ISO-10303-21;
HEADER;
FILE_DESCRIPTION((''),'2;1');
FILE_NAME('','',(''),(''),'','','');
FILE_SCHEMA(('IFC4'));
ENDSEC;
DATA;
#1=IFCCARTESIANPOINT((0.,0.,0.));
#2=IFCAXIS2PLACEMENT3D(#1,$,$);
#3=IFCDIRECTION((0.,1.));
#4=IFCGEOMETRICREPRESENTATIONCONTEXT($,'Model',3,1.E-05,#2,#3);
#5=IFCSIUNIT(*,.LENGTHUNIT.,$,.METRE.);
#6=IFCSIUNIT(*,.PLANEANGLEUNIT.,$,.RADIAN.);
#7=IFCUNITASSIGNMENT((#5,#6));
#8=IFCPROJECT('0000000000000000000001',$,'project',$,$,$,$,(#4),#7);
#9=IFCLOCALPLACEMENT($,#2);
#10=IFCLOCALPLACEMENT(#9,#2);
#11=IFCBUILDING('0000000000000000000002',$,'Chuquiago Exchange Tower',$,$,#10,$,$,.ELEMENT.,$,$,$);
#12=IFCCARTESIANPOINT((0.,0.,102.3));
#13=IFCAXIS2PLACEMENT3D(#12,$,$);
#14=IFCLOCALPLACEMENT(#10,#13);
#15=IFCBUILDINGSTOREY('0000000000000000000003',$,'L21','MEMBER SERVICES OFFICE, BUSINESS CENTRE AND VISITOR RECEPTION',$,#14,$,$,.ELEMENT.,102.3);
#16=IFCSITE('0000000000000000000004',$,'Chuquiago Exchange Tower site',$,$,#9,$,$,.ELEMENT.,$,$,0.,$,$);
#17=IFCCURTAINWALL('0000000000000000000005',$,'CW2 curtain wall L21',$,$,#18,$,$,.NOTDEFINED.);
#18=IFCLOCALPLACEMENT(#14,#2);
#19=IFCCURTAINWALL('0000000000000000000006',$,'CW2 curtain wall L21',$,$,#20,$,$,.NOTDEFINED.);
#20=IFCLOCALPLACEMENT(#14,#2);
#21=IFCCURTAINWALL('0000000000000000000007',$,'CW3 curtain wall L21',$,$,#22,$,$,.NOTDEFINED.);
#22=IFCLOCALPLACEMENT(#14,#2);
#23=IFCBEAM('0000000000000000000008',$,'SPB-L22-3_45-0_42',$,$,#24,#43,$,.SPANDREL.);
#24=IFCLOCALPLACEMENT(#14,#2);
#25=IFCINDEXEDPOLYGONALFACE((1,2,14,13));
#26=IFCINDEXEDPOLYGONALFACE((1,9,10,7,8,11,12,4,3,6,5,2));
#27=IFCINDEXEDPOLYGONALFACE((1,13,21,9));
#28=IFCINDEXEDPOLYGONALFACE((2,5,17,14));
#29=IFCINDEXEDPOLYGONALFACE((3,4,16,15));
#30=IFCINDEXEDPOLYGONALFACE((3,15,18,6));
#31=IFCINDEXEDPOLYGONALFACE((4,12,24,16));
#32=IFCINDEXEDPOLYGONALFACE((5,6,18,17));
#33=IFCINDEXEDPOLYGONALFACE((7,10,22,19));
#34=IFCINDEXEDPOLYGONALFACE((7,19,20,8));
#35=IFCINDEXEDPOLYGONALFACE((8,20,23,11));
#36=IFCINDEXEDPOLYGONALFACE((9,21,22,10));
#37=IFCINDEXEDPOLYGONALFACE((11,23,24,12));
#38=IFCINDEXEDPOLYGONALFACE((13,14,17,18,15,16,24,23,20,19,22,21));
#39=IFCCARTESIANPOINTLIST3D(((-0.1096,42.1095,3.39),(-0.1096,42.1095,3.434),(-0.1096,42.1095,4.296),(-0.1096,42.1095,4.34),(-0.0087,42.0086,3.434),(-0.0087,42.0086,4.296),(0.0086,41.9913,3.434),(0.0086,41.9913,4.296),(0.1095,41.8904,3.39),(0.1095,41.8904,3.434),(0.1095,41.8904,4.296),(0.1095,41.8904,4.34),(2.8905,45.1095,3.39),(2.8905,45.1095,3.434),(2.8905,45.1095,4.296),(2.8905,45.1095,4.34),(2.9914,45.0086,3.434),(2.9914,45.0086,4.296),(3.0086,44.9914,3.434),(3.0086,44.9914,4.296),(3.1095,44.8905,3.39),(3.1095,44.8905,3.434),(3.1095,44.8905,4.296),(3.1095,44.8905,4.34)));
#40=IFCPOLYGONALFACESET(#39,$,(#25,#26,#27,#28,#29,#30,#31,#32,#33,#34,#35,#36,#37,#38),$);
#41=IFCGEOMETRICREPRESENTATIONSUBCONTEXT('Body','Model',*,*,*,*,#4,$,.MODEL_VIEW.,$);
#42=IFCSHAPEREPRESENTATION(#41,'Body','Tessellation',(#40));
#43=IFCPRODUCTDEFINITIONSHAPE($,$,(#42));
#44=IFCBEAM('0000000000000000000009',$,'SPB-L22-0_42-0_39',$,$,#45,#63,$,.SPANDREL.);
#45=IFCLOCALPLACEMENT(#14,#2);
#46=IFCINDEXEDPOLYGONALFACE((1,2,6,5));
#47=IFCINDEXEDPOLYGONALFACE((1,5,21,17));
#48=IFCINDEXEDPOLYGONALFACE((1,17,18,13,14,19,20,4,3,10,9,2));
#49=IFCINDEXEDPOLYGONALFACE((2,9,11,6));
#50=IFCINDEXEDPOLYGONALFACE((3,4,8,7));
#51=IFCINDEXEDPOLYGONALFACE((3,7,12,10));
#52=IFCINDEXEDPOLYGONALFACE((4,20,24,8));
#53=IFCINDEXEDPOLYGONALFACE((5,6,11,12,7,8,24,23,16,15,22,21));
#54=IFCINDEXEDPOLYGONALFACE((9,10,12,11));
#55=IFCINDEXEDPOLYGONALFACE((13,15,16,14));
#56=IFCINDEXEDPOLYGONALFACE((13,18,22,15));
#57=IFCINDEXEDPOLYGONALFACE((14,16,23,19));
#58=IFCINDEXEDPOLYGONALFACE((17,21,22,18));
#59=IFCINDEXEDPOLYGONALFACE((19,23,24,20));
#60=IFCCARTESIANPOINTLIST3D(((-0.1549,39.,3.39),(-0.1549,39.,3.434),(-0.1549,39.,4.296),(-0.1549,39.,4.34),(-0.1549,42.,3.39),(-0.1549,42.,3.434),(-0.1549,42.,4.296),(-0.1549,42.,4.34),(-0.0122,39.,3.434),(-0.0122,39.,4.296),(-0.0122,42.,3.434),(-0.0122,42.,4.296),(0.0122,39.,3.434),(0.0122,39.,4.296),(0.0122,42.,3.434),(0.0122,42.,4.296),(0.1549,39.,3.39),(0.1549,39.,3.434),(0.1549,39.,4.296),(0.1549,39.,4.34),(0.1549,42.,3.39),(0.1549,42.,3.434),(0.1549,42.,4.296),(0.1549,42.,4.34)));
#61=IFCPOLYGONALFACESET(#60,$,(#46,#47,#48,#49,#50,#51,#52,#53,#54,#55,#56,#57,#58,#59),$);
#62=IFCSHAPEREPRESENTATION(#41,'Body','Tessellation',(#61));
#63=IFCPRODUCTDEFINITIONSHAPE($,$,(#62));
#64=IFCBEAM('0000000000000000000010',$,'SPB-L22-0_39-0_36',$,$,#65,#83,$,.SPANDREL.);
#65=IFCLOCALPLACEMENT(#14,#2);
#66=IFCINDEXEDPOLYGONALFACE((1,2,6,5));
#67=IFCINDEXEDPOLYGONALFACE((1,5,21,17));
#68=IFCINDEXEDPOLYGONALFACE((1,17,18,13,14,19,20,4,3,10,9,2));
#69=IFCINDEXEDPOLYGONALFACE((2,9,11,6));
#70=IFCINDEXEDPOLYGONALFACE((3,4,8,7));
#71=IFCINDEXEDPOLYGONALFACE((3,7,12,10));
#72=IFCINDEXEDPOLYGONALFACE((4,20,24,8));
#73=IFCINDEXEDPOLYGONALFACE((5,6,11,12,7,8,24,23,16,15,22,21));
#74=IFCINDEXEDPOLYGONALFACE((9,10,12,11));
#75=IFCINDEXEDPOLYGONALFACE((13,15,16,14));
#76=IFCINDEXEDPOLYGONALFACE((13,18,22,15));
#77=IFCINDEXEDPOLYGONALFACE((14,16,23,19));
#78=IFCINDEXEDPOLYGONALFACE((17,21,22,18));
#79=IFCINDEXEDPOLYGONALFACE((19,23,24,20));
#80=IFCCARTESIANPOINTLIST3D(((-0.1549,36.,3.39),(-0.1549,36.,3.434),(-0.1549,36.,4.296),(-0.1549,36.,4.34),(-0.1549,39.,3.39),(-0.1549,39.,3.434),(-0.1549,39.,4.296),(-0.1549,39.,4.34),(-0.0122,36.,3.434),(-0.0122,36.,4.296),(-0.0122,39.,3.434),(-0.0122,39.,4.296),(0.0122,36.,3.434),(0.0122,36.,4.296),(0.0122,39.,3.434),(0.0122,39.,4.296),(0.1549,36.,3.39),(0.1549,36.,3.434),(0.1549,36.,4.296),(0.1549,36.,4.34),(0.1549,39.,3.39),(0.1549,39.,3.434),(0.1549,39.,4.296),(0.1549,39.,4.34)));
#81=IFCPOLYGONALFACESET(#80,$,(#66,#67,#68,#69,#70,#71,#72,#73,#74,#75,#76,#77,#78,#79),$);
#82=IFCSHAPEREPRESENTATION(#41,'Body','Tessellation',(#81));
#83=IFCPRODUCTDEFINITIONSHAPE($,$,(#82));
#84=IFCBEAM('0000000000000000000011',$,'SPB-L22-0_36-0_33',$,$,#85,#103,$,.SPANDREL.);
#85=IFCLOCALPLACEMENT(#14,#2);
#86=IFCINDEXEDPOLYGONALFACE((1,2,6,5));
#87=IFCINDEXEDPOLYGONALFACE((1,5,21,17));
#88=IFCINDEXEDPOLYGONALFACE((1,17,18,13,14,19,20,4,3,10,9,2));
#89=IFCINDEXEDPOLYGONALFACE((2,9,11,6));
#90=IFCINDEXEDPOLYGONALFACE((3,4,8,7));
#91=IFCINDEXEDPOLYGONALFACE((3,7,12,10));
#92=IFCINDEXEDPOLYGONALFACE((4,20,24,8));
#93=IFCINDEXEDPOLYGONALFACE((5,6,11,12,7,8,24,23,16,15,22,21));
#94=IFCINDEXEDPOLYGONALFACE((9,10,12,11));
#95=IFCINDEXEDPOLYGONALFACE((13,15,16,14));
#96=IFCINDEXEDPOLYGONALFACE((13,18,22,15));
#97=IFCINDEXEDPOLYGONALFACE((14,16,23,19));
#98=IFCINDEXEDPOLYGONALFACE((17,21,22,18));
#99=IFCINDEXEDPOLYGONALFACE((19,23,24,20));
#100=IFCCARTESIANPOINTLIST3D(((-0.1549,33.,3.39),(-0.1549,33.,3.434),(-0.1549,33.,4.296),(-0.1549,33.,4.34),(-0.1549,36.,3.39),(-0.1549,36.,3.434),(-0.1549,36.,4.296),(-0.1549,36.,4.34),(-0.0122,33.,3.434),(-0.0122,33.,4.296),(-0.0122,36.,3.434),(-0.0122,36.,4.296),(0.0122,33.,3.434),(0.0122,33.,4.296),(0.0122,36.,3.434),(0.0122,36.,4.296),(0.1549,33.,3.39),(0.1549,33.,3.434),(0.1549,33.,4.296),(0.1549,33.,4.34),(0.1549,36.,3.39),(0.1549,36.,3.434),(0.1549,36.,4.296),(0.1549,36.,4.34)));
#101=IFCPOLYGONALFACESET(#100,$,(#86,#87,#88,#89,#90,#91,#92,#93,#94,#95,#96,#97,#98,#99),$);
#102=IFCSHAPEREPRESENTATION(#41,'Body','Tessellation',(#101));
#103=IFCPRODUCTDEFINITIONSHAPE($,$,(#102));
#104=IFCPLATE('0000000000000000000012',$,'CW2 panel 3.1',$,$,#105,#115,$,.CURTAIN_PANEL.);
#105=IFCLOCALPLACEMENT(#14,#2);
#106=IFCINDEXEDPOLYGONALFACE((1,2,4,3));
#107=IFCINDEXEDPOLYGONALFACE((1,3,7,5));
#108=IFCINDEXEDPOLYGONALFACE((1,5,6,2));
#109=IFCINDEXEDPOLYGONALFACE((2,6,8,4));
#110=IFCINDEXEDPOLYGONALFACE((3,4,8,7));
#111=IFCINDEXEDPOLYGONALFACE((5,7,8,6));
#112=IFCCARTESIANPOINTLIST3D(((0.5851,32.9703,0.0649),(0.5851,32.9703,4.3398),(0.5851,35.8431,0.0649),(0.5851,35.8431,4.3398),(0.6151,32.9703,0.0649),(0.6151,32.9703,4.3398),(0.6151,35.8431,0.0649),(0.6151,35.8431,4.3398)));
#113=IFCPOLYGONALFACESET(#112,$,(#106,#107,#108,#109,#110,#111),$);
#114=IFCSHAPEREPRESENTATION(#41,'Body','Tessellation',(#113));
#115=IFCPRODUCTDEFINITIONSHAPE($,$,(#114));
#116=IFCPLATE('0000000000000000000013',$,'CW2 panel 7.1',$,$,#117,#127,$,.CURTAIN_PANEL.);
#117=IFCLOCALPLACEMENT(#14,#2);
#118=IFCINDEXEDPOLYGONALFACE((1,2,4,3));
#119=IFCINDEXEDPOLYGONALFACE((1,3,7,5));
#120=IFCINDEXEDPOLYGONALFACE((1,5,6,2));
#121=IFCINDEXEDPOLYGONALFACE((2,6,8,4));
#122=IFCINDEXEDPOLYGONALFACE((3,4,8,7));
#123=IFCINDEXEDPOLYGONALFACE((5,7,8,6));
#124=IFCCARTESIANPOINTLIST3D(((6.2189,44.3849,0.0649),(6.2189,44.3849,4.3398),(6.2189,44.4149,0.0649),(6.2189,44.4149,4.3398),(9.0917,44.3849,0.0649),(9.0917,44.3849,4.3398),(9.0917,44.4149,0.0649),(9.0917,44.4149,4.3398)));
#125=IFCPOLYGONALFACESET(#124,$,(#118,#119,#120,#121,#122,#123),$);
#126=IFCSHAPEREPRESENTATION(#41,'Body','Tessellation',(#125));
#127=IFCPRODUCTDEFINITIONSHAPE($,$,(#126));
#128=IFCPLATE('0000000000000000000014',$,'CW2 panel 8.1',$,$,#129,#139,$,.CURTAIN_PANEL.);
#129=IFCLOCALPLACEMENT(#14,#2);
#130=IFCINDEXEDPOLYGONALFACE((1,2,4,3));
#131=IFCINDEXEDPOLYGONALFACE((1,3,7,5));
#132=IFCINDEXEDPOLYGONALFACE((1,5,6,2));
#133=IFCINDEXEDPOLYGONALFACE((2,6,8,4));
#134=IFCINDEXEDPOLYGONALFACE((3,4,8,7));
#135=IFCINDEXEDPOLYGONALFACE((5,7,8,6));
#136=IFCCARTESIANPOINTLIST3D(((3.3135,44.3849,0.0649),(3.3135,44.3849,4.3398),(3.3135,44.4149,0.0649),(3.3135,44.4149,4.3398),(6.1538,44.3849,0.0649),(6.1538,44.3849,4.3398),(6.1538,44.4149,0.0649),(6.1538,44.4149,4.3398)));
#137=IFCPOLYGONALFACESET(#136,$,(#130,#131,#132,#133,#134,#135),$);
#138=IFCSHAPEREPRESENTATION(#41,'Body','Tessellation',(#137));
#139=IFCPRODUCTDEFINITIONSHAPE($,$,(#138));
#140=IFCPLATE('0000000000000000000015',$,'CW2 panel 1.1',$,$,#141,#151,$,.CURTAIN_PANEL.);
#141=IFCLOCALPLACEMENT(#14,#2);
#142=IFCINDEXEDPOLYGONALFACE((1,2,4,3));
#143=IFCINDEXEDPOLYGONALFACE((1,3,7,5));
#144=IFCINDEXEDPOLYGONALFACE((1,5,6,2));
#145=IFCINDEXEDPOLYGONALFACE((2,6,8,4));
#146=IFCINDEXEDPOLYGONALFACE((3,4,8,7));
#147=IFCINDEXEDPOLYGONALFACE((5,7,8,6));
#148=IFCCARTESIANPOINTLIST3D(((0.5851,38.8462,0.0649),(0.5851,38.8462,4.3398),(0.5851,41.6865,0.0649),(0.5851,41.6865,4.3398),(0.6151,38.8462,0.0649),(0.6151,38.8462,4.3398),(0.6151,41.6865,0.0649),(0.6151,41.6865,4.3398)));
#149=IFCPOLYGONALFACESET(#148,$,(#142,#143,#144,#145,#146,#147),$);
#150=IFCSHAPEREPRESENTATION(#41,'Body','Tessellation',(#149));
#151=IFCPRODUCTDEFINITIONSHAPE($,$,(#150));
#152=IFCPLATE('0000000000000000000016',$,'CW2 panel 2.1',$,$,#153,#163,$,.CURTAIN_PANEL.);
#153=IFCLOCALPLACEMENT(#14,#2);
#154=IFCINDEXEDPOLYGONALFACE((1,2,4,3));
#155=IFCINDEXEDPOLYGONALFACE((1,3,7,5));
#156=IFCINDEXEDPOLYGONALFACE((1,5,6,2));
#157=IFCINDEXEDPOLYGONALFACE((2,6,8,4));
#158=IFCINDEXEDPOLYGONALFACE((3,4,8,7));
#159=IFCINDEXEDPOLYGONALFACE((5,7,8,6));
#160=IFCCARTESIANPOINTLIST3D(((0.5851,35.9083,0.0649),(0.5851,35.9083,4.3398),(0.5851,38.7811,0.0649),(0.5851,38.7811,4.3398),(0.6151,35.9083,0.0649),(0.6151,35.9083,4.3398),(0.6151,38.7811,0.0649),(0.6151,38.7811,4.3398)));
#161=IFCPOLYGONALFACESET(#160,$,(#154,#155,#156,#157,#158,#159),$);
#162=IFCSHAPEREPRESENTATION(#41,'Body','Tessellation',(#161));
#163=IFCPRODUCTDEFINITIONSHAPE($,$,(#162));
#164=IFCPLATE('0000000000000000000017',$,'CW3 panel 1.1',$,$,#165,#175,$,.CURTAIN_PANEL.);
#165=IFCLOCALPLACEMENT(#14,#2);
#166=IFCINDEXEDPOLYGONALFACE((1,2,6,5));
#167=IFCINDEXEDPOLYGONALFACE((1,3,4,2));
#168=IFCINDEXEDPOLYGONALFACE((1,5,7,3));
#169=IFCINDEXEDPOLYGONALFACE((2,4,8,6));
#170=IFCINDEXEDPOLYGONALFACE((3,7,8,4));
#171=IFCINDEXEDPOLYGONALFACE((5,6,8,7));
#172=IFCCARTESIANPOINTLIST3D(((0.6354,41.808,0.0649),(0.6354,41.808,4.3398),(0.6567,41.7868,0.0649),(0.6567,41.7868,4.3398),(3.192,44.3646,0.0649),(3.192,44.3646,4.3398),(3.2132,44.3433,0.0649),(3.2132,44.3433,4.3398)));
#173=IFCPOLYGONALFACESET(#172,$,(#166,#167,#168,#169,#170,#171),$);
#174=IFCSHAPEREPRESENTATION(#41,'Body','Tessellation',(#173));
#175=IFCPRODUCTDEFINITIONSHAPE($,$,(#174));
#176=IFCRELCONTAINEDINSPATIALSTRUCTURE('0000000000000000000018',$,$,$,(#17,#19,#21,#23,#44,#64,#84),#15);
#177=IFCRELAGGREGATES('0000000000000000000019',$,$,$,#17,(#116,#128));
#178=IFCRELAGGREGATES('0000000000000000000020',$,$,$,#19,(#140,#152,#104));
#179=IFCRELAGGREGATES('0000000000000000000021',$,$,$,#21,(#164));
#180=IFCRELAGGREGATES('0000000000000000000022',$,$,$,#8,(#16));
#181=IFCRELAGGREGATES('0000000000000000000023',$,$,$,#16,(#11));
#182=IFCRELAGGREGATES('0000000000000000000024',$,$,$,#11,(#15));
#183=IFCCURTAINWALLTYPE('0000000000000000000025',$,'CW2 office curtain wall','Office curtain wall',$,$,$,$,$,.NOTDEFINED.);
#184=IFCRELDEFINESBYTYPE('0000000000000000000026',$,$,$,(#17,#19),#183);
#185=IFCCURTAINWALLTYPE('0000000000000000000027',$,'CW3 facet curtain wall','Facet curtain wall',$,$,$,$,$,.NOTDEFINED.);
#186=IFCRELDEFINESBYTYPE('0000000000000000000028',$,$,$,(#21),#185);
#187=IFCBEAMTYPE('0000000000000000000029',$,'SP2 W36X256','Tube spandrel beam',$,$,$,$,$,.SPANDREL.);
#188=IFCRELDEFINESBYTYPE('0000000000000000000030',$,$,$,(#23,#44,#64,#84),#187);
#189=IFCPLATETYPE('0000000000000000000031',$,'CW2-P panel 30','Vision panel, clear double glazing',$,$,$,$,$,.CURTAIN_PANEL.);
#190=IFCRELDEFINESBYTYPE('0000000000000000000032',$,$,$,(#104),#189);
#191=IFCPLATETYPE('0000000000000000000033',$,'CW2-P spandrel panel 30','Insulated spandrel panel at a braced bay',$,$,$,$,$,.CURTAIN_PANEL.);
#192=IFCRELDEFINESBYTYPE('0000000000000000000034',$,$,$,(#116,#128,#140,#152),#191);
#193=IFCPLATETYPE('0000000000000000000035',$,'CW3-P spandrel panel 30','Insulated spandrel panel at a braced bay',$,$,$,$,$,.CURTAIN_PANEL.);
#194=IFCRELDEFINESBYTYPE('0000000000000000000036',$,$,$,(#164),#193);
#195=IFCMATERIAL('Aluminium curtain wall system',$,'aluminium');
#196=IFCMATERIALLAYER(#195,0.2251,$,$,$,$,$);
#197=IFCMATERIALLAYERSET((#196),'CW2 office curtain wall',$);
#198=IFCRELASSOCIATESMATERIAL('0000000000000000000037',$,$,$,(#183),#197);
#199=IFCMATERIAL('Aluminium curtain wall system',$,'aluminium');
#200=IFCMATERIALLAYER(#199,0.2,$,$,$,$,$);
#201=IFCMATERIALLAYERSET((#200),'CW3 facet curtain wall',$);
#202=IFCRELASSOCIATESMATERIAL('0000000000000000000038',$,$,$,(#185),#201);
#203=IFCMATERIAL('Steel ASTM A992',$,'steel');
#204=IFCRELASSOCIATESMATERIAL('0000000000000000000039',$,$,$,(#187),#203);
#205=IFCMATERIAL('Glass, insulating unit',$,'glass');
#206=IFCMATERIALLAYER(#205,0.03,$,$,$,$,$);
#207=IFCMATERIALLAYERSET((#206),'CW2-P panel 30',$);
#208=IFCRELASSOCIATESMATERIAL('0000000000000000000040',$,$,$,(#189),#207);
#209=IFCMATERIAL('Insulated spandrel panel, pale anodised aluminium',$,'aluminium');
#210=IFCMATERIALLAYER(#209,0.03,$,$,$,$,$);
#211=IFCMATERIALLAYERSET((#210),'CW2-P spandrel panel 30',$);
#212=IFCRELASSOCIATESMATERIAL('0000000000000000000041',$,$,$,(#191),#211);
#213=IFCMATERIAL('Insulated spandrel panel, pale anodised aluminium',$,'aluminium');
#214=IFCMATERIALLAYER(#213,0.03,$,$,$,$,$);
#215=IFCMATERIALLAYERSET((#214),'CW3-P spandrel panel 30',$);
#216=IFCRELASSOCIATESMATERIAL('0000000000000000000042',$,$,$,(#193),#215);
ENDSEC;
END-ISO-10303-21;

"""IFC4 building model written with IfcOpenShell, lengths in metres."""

from ifc_helpers import new_model, si_unit, direction, frame, origin, origin_2d, place, context, subcontext, project, spatial, rectangle, i_section, extrude, material, layer, layer_set, material_profile, profile_set, type_object, element, aggregate, save


model = new_model("IFC4")

# Units and contexts
model_context = context("Model", 3, precision=1e-05, world=origin(), true_north=direction((0.0, 1.0)))
body_context = subcontext(model_context, "Body", "Model", "MODEL_VIEW")
ifc_project = project(units=[si_unit("LENGTHUNIT", "METRE"), si_unit("PLANEANGLEUNIT", "RADIAN")], contexts=[model_context])

# Site, building, storey
site_placement = place(None, origin())
site = spatial("IfcSite", under=ifc_project, at=site_placement, Name="Chuquiago Exchange Tower site", CompositionType="ELEMENT", RefElevation=0.0)
building_placement = place(site_placement, origin())
building = spatial("IfcBuilding", under=site, at=building_placement, Name="Chuquiago Exchange Tower", CompositionType="ELEMENT")
storey_placement = place(building_placement, frame((0.0, 0.0, 102.3)))
storey = spatial("IfcBuildingStorey", under=building, at=storey_placement, Name="L21", Description="MEMBER SERVICES OFFICE, BUSINESS CENTRE AND VISITOR RECEPTION", CompositionType="ELEMENT", Elevation=102.3)

# Curtain walls
ifc_material_1 = material(Name="Aluminium curtain wall system", Category="aluminium")
ifc_layer_1 = layer(ifc_material_1, 0.2251)
ifc_layer_set_1 = layer_set([ifc_layer_1], Name="CW2 office curtain wall")
curtain_wall_type_1 = type_object("IfcCurtainWallType", Name="CW2 office curtain wall", Description="Office curtain wall", PredefinedType="NOTDEFINED", material=ifc_layer_set_1)
curtain_wall_1_placement = place(storey_placement, origin())
curtain_wall_1 = element("IfcCurtainWall", 1, at=curtain_wall_1_placement, inside=storey, type_object=curtain_wall_type_1, Name="CW2 curtain wall L21", PredefinedType="NOTDEFINED")
curtain_wall_2_placement = place(storey_placement, origin())
curtain_wall_2 = element("IfcCurtainWall", 2, at=curtain_wall_2_placement, inside=storey, type_object=curtain_wall_type_1, Name="CW2 curtain wall L21", PredefinedType="NOTDEFINED")

# Curtain wall
ifc_material_2 = material(Name="Aluminium curtain wall system", Category="aluminium")
ifc_layer_2 = layer(ifc_material_2, 0.2)
ifc_layer_set_2 = layer_set([ifc_layer_2], Name="CW3 facet curtain wall")
curtain_wall_type_2 = type_object("IfcCurtainWallType", Name="CW3 facet curtain wall", Description="Facet curtain wall", PredefinedType="NOTDEFINED", material=ifc_layer_set_2)
curtain_wall_3_placement = place(storey_placement, origin())
curtain_wall_3 = element("IfcCurtainWall", 3, at=curtain_wall_3_placement, inside=storey, type_object=curtain_wall_type_2, Name="CW3 curtain wall L21", PredefinedType="NOTDEFINED")

# Beams
ifc_material_3 = material(Name="Steel ASTM A992", Category="steel")
ifc_material_profile_1 = material_profile(ifc_material_3, i_section(OverallWidth=0.3098, OverallDepth=0.95, WebThickness=0.0244, FlangeThickness=0.0439, at=origin_2d()), Name="W36X256")
ifc_profile_set_1 = profile_set([ifc_material_profile_1], Name="Steel ASTM A992")
beam_type = type_object("IfcBeamType", Name="SP2 W36X256", Description="Tube spandrel beam", PredefinedType="SPANDREL", material=ifc_profile_set_1)
beam_1_placement = place(storey_placement, frame((3.0, 45.0, 3.865), z_axis=(-0.707107, -0.707107, 0.0), x_axis=(0.707107, -0.707107, 0.0)))
element("IfcBeam", 4, at=beam_1_placement, inside=storey, type_object=beam_type, Name="SPB-L22-3_45-0_42", PredefinedType="SPANDREL", context=body_context, shape_type="SweptSolid", body=[
    extrude(i_section(OverallWidth=0.3098, OverallDepth=0.95, WebThickness=0.0244, FlangeThickness=0.0439, at=origin_2d()), origin(), (0.0, 0.0, 1.0), 4.2427),
])
for number, where, z_axis, x_axis, name in (
    (5, (0.0, 42.0, 3.865), (0.0, -1.0, 0.0), (1.0, 0.0, 0.0), "SPB-L22-0_42-0_39"),
    (6, (0.0, 39.0, 3.865), (0.0, -1.0, 0.0), (1.0, 0.0, 0.0), "SPB-L22-0_39-0_36"),
    (7, (0.0, 36.0, 3.865), (0.0, -1.0, 0.0), (1.0, 0.0, 0.0), "SPB-L22-0_36-0_33"),
):
    element("IfcBeam", number, at=place(storey_placement, frame(where, z_axis=z_axis, x_axis=x_axis)), inside=storey, type_object=beam_type, Name=name, PredefinedType="SPANDREL", context=body_context, shape_type="SweptSolid", body=[
        extrude(i_section(OverallWidth=0.3098, OverallDepth=0.95, WebThickness=0.0244, FlangeThickness=0.0439, at=origin_2d()), origin(), (0.0, 0.0, 1.0), 3.0),
    ])

# Plates
ifc_material_4 = material(Name="Glass, insulating unit", Category="glass")
ifc_layer_3 = layer(ifc_material_4, 0.03)
ifc_layer_set_3 = layer_set([ifc_layer_3], Name="CW2-P panel 30")
plate_type_1 = type_object("IfcPlateType", Name="CW2-P panel 30", Description="Vision panel, clear double glazing", PredefinedType="CURTAIN_PANEL", material=ifc_layer_set_3)
plate_1_placement = place(storey_placement, frame((0.6001, 34.4067, 0.0649), z_axis=(0.0, 0.0, 1.0), x_axis=(0.0, -1.0, 0.0)))
plate_1 = element("IfcPlate", 8, at=plate_1_placement, type_object=plate_type_1, Name="CW2 panel 3.1", PredefinedType="CURTAIN_PANEL", context=body_context, shape_type="SweptSolid", body=[
    extrude(rectangle(XDim=2.8728, YDim=0.03, at=origin_2d()), origin(), (0.0, 0.0, 1.0), 4.2749),
])
ifc_material_5 = material(Name="Insulated spandrel panel, pale anodised aluminium", Category="aluminium")
ifc_layer_4 = layer(ifc_material_5, 0.03)
ifc_layer_set_4 = layer_set([ifc_layer_4], Name="CW2-P spandrel panel 30")
plate_type_2 = type_object("IfcPlateType", Name="CW2-P spandrel panel 30", Description="Insulated spandrel panel at a braced bay", PredefinedType="CURTAIN_PANEL", material=ifc_layer_set_4)
plate_2_placement = place(storey_placement, frame((7.6553, 44.3999, 0.0649), z_axis=(0.0, 0.0, 1.0), x_axis=(-1.0, 0.0, 0.0)))
plate_2 = element("IfcPlate", 9, at=plate_2_placement, type_object=plate_type_2, Name="CW2 panel 7.1", PredefinedType="CURTAIN_PANEL", context=body_context, shape_type="SweptSolid", body=[
    extrude(rectangle(XDim=2.8728, YDim=0.03, at=origin_2d()), origin(), (0.0, 0.0, 1.0), 4.2749),
])
plate_3_placement = place(storey_placement, frame((4.7336, 44.3999, 0.0649), z_axis=(0.0, 0.0, 1.0), x_axis=(-1.0, 0.0, 0.0)))
plate_3 = element("IfcPlate", 10, at=plate_3_placement, type_object=plate_type_2, Name="CW2 panel 8.1", PredefinedType="CURTAIN_PANEL", context=body_context, shape_type="SweptSolid", body=[
    extrude(rectangle(XDim=2.8403, YDim=0.03, at=origin_2d()), origin(), (0.0, 0.0, 1.0), 4.2749),
])
aggregate(curtain_wall_1, [plate_2, plate_3])
plate_4_placement = place(storey_placement, frame((0.6001, 40.2664, 0.0649), z_axis=(0.0, 0.0, 1.0), x_axis=(0.0, -1.0, 0.0)))
plate_4 = element("IfcPlate", 11, at=plate_4_placement, type_object=plate_type_2, Name="CW2 panel 1.1", PredefinedType="CURTAIN_PANEL", context=body_context, shape_type="SweptSolid", body=[
    extrude(rectangle(XDim=2.8403, YDim=0.03, at=origin_2d()), origin(), (0.0, 0.0, 1.0), 4.2749),
])
plate_5_placement = place(storey_placement, frame((0.6001, 37.3447, 0.0649), z_axis=(0.0, 0.0, 1.0), x_axis=(0.0, -1.0, 0.0)))
plate_5 = element("IfcPlate", 12, at=plate_5_placement, type_object=plate_type_2, Name="CW2 panel 2.1", PredefinedType="CURTAIN_PANEL", context=body_context, shape_type="SweptSolid", body=[
    extrude(rectangle(XDim=2.8728, YDim=0.03, at=origin_2d()), origin(), (0.0, 0.0, 1.0), 4.2749),
])
aggregate(curtain_wall_2, [plate_4, plate_5, plate_1])
ifc_material_6 = material(Name="Insulated spandrel panel, pale anodised aluminium", Category="aluminium")
ifc_layer_5 = layer(ifc_material_6, 0.03)
ifc_layer_set_5 = layer_set([ifc_layer_5], Name="CW3-P spandrel panel 30")
plate_type_3 = type_object("IfcPlateType", Name="CW3-P spandrel panel 30", Description="Insulated spandrel panel at a braced bay", PredefinedType="CURTAIN_PANEL", material=ifc_layer_set_5)
plate_6_placement = place(storey_placement, frame((1.9243, 43.0757, 0.0649), z_axis=(0.0, 0.0, 1.0), x_axis=(-0.707107, -0.707107, 0.0)))
plate_6 = element("IfcPlate", 13, at=plate_6_placement, type_object=plate_type_3, Name="CW3 panel 1.1", PredefinedType="CURTAIN_PANEL", context=body_context, shape_type="SweptSolid", body=[
    extrude(rectangle(XDim=3.6155, YDim=0.03, at=origin_2d()), origin(), (0.0, 0.0, 1.0), 4.2749),
])
aggregate(curtain_wall_3, [plate_6])

save(model, "model.ifc")
